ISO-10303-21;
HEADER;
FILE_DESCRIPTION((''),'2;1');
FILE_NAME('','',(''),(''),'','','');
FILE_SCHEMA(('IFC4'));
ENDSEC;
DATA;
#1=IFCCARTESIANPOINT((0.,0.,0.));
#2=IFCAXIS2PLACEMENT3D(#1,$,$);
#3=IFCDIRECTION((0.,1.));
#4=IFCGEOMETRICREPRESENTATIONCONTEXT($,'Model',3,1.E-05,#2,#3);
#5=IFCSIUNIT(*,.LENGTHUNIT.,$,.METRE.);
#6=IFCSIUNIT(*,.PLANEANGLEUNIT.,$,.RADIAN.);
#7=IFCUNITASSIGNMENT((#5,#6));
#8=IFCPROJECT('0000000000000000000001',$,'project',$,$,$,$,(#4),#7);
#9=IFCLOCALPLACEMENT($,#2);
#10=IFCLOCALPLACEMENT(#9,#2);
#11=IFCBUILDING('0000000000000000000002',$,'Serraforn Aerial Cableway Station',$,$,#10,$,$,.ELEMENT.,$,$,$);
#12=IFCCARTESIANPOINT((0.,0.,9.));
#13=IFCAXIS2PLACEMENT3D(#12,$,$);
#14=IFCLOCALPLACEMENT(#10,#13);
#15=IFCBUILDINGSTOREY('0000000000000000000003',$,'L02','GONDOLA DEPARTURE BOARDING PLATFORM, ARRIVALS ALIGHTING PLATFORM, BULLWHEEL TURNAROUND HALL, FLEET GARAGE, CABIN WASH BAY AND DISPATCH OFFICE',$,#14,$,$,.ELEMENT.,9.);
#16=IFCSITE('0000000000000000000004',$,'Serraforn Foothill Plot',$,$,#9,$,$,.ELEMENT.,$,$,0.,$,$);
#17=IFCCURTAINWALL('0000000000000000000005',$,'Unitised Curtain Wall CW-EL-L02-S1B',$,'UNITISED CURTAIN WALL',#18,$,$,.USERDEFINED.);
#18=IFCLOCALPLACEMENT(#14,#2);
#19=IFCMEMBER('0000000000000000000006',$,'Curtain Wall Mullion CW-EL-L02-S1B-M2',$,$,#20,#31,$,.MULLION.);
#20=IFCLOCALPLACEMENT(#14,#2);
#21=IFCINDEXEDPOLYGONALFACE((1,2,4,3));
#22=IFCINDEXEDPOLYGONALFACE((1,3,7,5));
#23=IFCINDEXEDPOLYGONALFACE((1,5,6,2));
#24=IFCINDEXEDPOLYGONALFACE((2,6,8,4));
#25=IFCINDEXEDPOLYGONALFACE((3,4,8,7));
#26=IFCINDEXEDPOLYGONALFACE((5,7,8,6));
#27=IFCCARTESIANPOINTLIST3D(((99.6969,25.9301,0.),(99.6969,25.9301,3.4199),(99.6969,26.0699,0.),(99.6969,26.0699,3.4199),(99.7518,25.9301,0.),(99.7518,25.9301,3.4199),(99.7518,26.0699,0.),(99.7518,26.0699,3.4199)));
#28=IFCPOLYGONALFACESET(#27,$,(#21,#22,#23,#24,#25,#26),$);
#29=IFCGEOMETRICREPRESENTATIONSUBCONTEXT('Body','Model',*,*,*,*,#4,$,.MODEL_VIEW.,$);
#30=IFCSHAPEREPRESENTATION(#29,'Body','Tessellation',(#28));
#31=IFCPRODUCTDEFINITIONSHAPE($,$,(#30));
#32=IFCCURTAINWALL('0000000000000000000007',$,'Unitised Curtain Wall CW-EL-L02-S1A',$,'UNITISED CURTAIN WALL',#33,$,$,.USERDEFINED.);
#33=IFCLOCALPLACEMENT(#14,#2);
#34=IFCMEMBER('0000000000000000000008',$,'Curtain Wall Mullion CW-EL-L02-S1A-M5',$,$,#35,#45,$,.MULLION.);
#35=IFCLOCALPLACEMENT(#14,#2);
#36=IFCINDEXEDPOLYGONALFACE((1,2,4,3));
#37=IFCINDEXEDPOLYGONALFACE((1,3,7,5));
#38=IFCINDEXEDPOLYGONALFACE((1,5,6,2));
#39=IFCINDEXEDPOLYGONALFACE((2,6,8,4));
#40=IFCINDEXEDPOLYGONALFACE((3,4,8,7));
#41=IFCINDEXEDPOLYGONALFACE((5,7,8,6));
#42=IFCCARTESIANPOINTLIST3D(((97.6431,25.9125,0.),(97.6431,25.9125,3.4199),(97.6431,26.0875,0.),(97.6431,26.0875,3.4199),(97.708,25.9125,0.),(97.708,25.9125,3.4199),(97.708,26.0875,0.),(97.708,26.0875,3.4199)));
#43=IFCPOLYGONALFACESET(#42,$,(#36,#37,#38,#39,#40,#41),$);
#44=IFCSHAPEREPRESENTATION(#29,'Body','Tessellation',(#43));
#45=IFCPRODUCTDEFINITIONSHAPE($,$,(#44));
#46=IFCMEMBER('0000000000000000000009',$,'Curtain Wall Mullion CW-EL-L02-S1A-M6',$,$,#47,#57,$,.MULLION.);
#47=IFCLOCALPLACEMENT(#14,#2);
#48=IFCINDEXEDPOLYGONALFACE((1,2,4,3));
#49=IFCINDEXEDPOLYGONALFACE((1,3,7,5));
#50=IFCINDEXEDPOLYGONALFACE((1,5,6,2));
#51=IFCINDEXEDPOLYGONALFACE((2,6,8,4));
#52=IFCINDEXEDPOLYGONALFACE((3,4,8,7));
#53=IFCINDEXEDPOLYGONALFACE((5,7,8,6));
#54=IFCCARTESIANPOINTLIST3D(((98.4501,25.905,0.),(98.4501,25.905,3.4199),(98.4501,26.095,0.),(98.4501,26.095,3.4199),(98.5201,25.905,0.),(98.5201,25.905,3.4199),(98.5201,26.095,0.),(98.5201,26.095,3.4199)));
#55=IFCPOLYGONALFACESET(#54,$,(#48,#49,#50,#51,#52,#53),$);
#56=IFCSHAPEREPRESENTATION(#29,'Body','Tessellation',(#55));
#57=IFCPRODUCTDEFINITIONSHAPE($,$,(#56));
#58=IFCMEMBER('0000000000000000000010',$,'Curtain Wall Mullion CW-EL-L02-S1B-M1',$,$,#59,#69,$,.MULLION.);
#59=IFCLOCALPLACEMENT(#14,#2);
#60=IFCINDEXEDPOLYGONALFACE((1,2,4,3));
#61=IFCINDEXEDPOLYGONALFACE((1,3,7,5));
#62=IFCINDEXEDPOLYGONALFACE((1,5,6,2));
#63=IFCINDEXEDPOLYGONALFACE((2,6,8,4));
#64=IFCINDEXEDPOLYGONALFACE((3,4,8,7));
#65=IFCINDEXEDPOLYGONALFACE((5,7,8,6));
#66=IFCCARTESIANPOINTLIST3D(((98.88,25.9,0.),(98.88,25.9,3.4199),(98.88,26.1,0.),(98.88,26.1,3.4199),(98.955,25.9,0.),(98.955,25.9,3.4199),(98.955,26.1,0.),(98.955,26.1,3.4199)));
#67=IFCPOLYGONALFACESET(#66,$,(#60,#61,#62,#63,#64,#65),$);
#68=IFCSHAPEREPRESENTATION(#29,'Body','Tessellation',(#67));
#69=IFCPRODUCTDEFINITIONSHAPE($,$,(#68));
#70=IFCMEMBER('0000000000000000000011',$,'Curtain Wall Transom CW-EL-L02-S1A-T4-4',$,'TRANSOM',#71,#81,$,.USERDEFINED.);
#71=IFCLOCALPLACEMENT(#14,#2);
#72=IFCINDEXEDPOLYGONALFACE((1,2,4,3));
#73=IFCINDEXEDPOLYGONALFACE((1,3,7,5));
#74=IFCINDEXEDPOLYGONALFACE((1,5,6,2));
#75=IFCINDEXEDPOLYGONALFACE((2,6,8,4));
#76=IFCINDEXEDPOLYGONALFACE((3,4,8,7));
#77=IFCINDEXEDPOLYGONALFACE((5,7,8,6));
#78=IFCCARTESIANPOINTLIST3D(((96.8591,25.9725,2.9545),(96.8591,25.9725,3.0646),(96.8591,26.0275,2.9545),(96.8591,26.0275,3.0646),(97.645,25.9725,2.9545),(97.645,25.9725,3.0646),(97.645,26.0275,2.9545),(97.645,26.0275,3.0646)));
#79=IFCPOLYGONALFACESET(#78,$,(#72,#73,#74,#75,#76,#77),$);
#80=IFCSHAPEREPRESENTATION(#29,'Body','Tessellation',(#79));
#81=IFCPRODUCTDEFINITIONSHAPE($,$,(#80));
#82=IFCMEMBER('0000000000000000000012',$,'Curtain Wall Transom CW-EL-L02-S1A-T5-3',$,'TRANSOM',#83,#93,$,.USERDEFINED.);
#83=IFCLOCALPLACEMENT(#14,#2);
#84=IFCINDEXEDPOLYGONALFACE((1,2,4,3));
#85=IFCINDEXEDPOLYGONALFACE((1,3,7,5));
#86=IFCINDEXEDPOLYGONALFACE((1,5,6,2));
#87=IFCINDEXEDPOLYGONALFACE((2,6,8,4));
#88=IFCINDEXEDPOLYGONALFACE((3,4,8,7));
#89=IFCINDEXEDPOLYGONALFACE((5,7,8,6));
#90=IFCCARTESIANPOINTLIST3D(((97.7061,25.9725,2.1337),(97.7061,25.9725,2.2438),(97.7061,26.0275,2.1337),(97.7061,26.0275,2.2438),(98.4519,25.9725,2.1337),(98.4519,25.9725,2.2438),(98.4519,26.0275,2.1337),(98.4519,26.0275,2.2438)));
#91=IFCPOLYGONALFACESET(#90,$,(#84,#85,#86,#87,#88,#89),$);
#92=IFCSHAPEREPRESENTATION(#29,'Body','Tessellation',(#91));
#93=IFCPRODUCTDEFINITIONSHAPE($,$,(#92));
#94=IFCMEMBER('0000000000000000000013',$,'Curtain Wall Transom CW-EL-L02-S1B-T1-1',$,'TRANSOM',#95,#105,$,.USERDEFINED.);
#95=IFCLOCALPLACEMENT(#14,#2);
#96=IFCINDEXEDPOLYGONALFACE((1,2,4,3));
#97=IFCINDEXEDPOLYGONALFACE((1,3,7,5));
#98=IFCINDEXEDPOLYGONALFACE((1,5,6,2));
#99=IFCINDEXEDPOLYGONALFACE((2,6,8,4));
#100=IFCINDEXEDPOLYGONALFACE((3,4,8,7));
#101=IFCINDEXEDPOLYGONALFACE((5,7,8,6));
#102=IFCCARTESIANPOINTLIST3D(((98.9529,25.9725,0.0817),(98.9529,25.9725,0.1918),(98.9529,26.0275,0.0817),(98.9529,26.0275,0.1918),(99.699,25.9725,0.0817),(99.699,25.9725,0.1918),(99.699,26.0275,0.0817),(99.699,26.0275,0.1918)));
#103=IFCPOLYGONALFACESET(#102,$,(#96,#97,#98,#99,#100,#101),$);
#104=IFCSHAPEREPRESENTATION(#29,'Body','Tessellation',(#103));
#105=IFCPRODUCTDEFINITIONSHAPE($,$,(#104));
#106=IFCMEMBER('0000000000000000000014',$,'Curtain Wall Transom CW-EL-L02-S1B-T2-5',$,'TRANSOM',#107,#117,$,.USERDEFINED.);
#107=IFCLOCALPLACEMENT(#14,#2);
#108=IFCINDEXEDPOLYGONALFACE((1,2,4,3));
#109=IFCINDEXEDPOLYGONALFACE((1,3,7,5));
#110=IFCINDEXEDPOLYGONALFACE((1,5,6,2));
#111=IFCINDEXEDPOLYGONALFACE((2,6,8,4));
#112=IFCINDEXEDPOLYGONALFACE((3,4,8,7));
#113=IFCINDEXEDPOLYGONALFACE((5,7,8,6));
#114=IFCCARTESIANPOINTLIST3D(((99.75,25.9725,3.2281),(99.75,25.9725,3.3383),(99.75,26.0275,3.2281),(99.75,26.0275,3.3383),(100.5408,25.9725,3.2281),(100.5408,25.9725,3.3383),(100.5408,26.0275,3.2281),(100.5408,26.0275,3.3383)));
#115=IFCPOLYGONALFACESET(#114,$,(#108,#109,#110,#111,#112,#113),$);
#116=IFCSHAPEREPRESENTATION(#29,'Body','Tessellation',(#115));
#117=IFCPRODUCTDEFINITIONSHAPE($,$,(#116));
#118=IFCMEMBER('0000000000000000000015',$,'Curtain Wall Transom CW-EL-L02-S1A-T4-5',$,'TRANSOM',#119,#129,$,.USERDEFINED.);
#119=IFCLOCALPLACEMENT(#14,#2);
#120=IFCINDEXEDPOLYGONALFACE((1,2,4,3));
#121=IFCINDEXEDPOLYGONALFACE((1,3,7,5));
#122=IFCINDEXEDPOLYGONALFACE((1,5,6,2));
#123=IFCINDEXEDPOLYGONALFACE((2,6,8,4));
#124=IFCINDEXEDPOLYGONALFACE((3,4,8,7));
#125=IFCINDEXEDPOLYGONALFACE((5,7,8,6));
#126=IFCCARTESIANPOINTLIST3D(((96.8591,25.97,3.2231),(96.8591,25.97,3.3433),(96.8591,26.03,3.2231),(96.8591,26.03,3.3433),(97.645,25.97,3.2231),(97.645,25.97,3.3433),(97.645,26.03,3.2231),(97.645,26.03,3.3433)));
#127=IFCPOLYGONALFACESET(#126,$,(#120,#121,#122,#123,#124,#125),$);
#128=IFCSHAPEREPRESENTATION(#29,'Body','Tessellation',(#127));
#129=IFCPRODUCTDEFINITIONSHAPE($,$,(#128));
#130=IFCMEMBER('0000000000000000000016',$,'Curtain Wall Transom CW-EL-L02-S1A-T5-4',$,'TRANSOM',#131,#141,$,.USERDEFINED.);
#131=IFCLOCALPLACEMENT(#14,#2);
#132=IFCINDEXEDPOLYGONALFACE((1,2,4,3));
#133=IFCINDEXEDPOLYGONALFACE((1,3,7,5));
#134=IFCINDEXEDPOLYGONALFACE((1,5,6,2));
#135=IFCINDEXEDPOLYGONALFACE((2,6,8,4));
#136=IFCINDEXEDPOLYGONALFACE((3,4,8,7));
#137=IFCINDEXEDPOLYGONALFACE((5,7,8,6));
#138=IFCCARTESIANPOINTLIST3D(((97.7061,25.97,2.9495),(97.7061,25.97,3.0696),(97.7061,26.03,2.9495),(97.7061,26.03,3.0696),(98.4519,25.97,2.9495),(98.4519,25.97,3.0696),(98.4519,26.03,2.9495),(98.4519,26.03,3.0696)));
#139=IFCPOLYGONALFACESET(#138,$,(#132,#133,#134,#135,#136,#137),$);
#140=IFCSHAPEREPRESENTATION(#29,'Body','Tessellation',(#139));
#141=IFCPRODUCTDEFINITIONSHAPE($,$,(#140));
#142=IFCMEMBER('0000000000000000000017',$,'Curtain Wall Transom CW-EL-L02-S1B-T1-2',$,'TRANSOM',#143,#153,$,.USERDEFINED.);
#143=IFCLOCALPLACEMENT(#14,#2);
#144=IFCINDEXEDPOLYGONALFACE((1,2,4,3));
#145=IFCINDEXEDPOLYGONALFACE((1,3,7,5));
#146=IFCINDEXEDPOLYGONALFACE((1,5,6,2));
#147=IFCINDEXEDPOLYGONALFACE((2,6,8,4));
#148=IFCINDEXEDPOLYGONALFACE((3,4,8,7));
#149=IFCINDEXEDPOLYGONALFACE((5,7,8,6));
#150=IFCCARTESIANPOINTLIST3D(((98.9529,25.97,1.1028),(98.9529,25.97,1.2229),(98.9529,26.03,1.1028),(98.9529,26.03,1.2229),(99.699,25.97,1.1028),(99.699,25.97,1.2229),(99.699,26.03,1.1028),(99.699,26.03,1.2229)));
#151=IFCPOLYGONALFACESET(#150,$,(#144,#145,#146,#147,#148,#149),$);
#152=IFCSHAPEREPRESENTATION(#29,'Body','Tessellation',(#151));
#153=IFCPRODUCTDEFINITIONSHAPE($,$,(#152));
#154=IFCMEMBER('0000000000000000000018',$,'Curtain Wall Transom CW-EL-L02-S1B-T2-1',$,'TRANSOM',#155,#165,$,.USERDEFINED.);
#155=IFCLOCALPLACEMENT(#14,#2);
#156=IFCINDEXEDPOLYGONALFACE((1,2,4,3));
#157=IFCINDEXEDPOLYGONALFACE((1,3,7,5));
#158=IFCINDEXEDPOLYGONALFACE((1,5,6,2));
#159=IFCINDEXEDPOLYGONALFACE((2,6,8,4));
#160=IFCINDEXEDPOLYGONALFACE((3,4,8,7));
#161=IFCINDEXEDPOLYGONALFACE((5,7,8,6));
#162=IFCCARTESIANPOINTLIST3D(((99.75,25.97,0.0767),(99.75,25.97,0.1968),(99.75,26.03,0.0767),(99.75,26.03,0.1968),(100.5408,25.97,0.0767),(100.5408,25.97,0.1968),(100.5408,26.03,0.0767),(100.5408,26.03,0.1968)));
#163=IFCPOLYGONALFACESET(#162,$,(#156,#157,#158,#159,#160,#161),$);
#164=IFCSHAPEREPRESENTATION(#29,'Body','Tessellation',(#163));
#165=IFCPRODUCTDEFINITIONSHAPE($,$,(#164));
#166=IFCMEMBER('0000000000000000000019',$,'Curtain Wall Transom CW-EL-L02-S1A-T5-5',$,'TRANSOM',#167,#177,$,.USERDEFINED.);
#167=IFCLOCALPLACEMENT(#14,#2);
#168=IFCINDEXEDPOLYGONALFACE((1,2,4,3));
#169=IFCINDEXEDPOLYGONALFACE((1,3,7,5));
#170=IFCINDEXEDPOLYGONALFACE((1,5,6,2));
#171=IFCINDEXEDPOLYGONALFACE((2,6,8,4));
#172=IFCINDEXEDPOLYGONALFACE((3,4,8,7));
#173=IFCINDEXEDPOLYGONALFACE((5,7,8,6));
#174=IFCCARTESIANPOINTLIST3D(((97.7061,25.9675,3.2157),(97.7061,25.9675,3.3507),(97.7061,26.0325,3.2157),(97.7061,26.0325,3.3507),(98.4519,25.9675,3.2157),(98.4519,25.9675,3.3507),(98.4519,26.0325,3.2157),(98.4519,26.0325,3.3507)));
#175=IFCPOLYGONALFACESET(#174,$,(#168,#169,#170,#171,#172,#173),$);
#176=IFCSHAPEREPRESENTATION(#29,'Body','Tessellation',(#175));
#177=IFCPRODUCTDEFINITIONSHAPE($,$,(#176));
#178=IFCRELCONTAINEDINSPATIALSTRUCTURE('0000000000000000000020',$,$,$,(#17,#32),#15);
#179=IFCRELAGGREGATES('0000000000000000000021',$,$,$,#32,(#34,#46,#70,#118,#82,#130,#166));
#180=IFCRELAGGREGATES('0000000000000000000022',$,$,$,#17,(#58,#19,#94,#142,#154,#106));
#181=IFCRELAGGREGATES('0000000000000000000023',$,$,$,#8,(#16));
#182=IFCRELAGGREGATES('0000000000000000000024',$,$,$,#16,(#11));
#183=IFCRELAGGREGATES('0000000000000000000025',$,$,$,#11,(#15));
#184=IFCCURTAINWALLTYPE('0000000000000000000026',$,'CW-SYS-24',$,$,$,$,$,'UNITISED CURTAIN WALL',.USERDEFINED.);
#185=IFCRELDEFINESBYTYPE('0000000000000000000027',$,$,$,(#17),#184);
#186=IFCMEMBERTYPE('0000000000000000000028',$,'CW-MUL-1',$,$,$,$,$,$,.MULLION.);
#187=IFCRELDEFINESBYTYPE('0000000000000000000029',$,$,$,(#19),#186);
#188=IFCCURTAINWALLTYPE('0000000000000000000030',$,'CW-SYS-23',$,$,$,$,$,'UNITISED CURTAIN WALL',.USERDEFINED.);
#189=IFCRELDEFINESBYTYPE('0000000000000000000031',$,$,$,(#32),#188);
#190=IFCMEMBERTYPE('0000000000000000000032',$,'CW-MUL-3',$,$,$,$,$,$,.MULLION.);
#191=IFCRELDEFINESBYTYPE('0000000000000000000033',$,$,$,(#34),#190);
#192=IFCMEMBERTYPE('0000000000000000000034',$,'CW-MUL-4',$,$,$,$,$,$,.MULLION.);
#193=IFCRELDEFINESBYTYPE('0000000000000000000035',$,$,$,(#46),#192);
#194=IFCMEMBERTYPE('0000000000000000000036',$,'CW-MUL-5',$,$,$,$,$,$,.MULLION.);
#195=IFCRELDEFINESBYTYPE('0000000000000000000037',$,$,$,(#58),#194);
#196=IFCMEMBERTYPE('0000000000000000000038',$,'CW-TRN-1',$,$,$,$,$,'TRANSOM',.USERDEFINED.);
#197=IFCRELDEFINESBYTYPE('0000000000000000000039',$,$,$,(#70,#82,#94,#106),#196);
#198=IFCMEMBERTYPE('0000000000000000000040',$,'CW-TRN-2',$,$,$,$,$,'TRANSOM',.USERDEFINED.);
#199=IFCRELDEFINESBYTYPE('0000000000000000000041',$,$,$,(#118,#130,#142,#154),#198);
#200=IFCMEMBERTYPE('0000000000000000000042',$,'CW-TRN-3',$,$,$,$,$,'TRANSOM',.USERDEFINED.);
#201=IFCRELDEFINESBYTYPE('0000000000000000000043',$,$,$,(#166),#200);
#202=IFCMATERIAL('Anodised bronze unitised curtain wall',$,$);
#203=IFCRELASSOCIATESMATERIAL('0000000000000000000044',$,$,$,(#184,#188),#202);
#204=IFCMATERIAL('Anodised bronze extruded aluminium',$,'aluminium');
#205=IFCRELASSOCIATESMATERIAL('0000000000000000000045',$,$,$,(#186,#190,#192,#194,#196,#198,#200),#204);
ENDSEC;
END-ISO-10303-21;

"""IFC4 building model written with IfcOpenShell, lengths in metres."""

from ifc_helpers import new_model, si_unit, direction, frame, origin, origin_2d, place, context, subcontext, project, spatial, rectangle, extrude, material, material_profile, profile_set, type_object, element, aggregate, save


model = new_model("IFC4")

# Units and contexts
model_context = context("Model", 3, precision=1e-05, world=origin(), true_north=direction((0.0, 1.0)))
body_context = subcontext(model_context, "Body", "Model", "MODEL_VIEW")
ifc_project = project(units=[si_unit("LENGTHUNIT", "METRE"), si_unit("PLANEANGLEUNIT", "RADIAN")], contexts=[model_context])

# Site, building, storey
site_placement = place(None, origin())
site = spatial("IfcSite", under=ifc_project, at=site_placement, Name="Serraforn Foothill Plot", CompositionType="ELEMENT", RefElevation=0.0)
building_placement = place(site_placement, origin())
building = spatial("IfcBuilding", under=site, at=building_placement, Name="Serraforn Aerial Cableway Station", CompositionType="ELEMENT")
storey_placement = place(building_placement, frame((0.0, 0.0, 9.0)))
storey = spatial("IfcBuildingStorey", under=building, at=storey_placement, Name="L02", Description="GONDOLA DEPARTURE BOARDING PLATFORM, ARRIVALS ALIGHTING PLATFORM, BULLWHEEL TURNAROUND HALL, FLEET GARAGE, CABIN WASH BAY AND DISPATCH OFFICE", CompositionType="ELEMENT", Elevation=9.0)

# Curtain wall, member
ifc_material_1 = material(Name="Anodised bronze unitised curtain wall")
curtain_wall_type_1 = type_object("IfcCurtainWallType", Name="CW-SYS-24", ElementType="UNITISED CURTAIN WALL", PredefinedType="USERDEFINED", material=ifc_material_1)
curtain_wall_1_placement = place(storey_placement, origin())
curtain_wall_1 = element("IfcCurtainWall", 1, at=curtain_wall_1_placement, inside=storey, type_object=curtain_wall_type_1, Name="Unitised Curtain Wall CW-EL-L02-S1B", ObjectType="UNITISED CURTAIN WALL", PredefinedType="USERDEFINED")
ifc_material_2 = material(Name="Anodised bronze extruded aluminium", Category="aluminium")
ifc_material_profile_1 = material_profile(ifc_material_2, rectangle(XDim=0.0549, YDim=0.1399, at=origin_2d()), Name="CW MULLION 55x140")
ifc_profile_set_1 = profile_set([ifc_material_profile_1], Name="Anodised bronze extruded aluminium")
member_type_1 = type_object("IfcMemberType", Name="CW-MUL-1", PredefinedType="MULLION", material=ifc_profile_set_1)
member_1_placement = place(storey_placement, frame((99.7244, 26.0, 0.0), z_axis=(0.0, 0.0, 1.0), x_axis=(1.0, 0.0, 0.0)))
member_1 = element("IfcMember", 2, at=member_1_placement, type_object=member_type_1, Name="Curtain Wall Mullion CW-EL-L02-S1B-M2", PredefinedType="MULLION", context=body_context, shape_type="SweptSolid", body=[
    extrude(rectangle(XDim=0.0549, YDim=0.1399, at=origin_2d()), origin(), (0.0, 0.0, 1.0), 3.4199),
])

# Curtain wall, members
curtain_wall_type_2 = type_object("IfcCurtainWallType", Name="CW-SYS-23", ElementType="UNITISED CURTAIN WALL", PredefinedType="USERDEFINED", material=ifc_material_1)
curtain_wall_2_placement = place(storey_placement, origin())
curtain_wall_2 = element("IfcCurtainWall", 3, at=curtain_wall_2_placement, inside=storey, type_object=curtain_wall_type_2, Name="Unitised Curtain Wall CW-EL-L02-S1A", ObjectType="UNITISED CURTAIN WALL", PredefinedType="USERDEFINED")
ifc_material_profile_2 = material_profile(ifc_material_2, rectangle(XDim=0.0649, YDim=0.175, at=origin_2d()), Name="CW MULLION 65x175")
ifc_profile_set_2 = profile_set([ifc_material_profile_2], Name="Anodised bronze extruded aluminium")
member_type_2 = type_object("IfcMemberType", Name="CW-MUL-3", PredefinedType="MULLION", material=ifc_profile_set_2)
member_2_placement = place(storey_placement, frame((97.6755, 26.0, 0.0), z_axis=(0.0, 0.0, 1.0), x_axis=(1.0, 0.0, 0.0)))
member_2 = element("IfcMember", 4, at=member_2_placement, type_object=member_type_2, Name="Curtain Wall Mullion CW-EL-L02-S1A-M5", PredefinedType="MULLION", context=body_context, shape_type="SweptSolid", body=[
    extrude(rectangle(XDim=0.0649, YDim=0.175, at=origin_2d()), origin(), (0.0, 0.0, 1.0), 3.4199),
])
ifc_material_profile_3 = material_profile(ifc_material_2, rectangle(XDim=0.0701, YDim=0.1899, at=origin_2d()), Name="CW MULLION 70x190")
ifc_profile_set_3 = profile_set([ifc_material_profile_3], Name="Anodised bronze extruded aluminium")
member_type_3 = type_object("IfcMemberType", Name="CW-MUL-4", PredefinedType="MULLION", material=ifc_profile_set_3)
member_3_placement = place(storey_placement, frame((98.4851, 26.0, 0.0), z_axis=(0.0, 0.0, 1.0), x_axis=(1.0, 0.0, 0.0)))
member_3 = element("IfcMember", 5, at=member_3_placement, type_object=member_type_3, Name="Curtain Wall Mullion CW-EL-L02-S1A-M6", PredefinedType="MULLION", context=body_context, shape_type="SweptSolid", body=[
    extrude(rectangle(XDim=0.0701, YDim=0.1899, at=origin_2d()), origin(), (0.0, 0.0, 1.0), 3.4199),
])

# Members
ifc_material_profile_4 = material_profile(ifc_material_2, rectangle(XDim=0.075, YDim=0.2, at=origin_2d()), Name="CW MULLION 75x200")
ifc_profile_set_4 = profile_set([ifc_material_profile_4], Name="Anodised bronze extruded aluminium")
member_type_4 = type_object("IfcMemberType", Name="CW-MUL-5", PredefinedType="MULLION", material=ifc_profile_set_4)
member_4_placement = place(storey_placement, frame((98.9175, 26.0, 0.0), z_axis=(0.0, 0.0, 1.0), x_axis=(1.0, 0.0, 0.0)))
member_4 = element("IfcMember", 6, at=member_4_placement, type_object=member_type_4, Name="Curtain Wall Mullion CW-EL-L02-S1B-M1", PredefinedType="MULLION", context=body_context, shape_type="SweptSolid", body=[
    extrude(rectangle(XDim=0.075, YDim=0.2, at=origin_2d()), origin(), (0.0, 0.0, 1.0), 3.4199),
])
ifc_material_profile_5 = material_profile(ifc_material_2, rectangle(XDim=0.0549, YDim=0.1101, at=origin_2d()), Name="CW TRANSOM 55x110")
ifc_profile_set_5 = profile_set([ifc_material_profile_5], Name="Anodised bronze extruded aluminium")
member_type_5 = type_object("IfcMemberType", Name="CW-TRN-1", ElementType="TRANSOM", PredefinedType="USERDEFINED", material=ifc_profile_set_5)
member_5_placement = place(storey_placement, frame((96.8591, 26.0, 3.0095), z_axis=(1.0, 0.0, 0.0), x_axis=(0.0, 1.0, 0.0)))
member_5 = element("IfcMember", 7, at=member_5_placement, type_object=member_type_5, Name="Curtain Wall Transom CW-EL-L02-S1A-T4-4", ObjectType="TRANSOM", PredefinedType="USERDEFINED", context=body_context, shape_type="SweptSolid", body=[
    extrude(rectangle(XDim=0.0549, YDim=0.1101, at=origin_2d()), origin(), (0.0, 0.0, 1.0), 0.7859),
])
member_6_placement = place(storey_placement, frame((97.7061, 26.0, 2.1887), z_axis=(1.0, 0.0, 0.0), x_axis=(0.0, 1.0, 0.0)))
member_6 = element("IfcMember", 8, at=member_6_placement, type_object=member_type_5, Name="Curtain Wall Transom CW-EL-L02-S1A-T5-3", ObjectType="TRANSOM", PredefinedType="USERDEFINED", context=body_context, shape_type="SweptSolid", body=[
    extrude(rectangle(XDim=0.0549, YDim=0.1101, at=origin_2d()), origin(), (0.0, 0.0, 1.0), 0.7458),
])
member_7_placement = place(storey_placement, frame((98.9529, 26.0, 0.1367), z_axis=(1.0, 0.0, 0.0), x_axis=(0.0, 1.0, 0.0)))
member_7 = element("IfcMember", 9, at=member_7_placement, type_object=member_type_5, Name="Curtain Wall Transom CW-EL-L02-S1B-T1-1", ObjectType="TRANSOM", PredefinedType="USERDEFINED", context=body_context, shape_type="SweptSolid", body=[
    extrude(rectangle(XDim=0.0549, YDim=0.1101, at=origin_2d()), origin(), (0.0, 0.0, 1.0), 0.7461),
])
member_8_placement = place(storey_placement, frame((99.75, 26.0, 3.2832), z_axis=(1.0, 0.0, 0.0), x_axis=(0.0, 1.0, 0.0)))
member_8 = element("IfcMember", 10, at=member_8_placement, type_object=member_type_5, Name="Curtain Wall Transom CW-EL-L02-S1B-T2-5", ObjectType="TRANSOM", PredefinedType="USERDEFINED", context=body_context, shape_type="SweptSolid", body=[
    extrude(rectangle(XDim=0.0549, YDim=0.1101, at=origin_2d()), origin(), (0.0, 0.0, 1.0), 0.7908),
])
ifc_material_profile_6 = material_profile(ifc_material_2, rectangle(XDim=0.0601, YDim=0.1201, at=origin_2d()), Name="CW TRANSOM 60x120")
ifc_profile_set_6 = profile_set([ifc_material_profile_6], Name="Anodised bronze extruded aluminium")
member_type_6 = type_object("IfcMemberType", Name="CW-TRN-2", ElementType="TRANSOM", PredefinedType="USERDEFINED", material=ifc_profile_set_6)
member_9_placement = place(storey_placement, frame((96.8591, 26.0, 3.2832), z_axis=(1.0, 0.0, 0.0), x_axis=(0.0, 1.0, 0.0)))
member_9 = element("IfcMember", 11, at=member_9_placement, type_object=member_type_6, Name="Curtain Wall Transom CW-EL-L02-S1A-T4-5", ObjectType="TRANSOM", PredefinedType="USERDEFINED", context=body_context, shape_type="SweptSolid", body=[
    extrude(rectangle(XDim=0.0601, YDim=0.1201, at=origin_2d()), origin(), (0.0, 0.0, 1.0), 0.7859),
])
member_10_placement = place(storey_placement, frame((97.7061, 26.0, 3.0095), z_axis=(1.0, 0.0, 0.0), x_axis=(0.0, 1.0, 0.0)))
member_10 = element("IfcMember", 12, at=member_10_placement, type_object=member_type_6, Name="Curtain Wall Transom CW-EL-L02-S1A-T5-4", ObjectType="TRANSOM", PredefinedType="USERDEFINED", context=body_context, shape_type="SweptSolid", body=[
    extrude(rectangle(XDim=0.0601, YDim=0.1201, at=origin_2d()), origin(), (0.0, 0.0, 1.0), 0.7458),
])
member_11_placement = place(storey_placement, frame((98.9529, 26.0, 1.1628), z_axis=(1.0, 0.0, 0.0), x_axis=(0.0, 1.0, 0.0)))
member_11 = element("IfcMember", 13, at=member_11_placement, type_object=member_type_6, Name="Curtain Wall Transom CW-EL-L02-S1B-T1-2", ObjectType="TRANSOM", PredefinedType="USERDEFINED", context=body_context, shape_type="SweptSolid", body=[
    extrude(rectangle(XDim=0.0601, YDim=0.1201, at=origin_2d()), origin(), (0.0, 0.0, 1.0), 0.7461),
])
member_12_placement = place(storey_placement, frame((99.75, 26.0, 0.1367), z_axis=(1.0, 0.0, 0.0), x_axis=(0.0, 1.0, 0.0)))
member_12 = element("IfcMember", 14, at=member_12_placement, type_object=member_type_6, Name="Curtain Wall Transom CW-EL-L02-S1B-T2-1", ObjectType="TRANSOM", PredefinedType="USERDEFINED", context=body_context, shape_type="SweptSolid", body=[
    extrude(rectangle(XDim=0.0601, YDim=0.1201, at=origin_2d()), origin(), (0.0, 0.0, 1.0), 0.7908),
])
ifc_material_profile_7 = material_profile(ifc_material_2, rectangle(XDim=0.0649, YDim=0.135, at=origin_2d()), Name="CW TRANSOM 65x135")
ifc_profile_set_7 = profile_set([ifc_material_profile_7], Name="Anodised bronze extruded aluminium")
member_type_7 = type_object("IfcMemberType", Name="CW-TRN-3", ElementType="TRANSOM", PredefinedType="USERDEFINED", material=ifc_profile_set_7)
member_13_placement = place(storey_placement, frame((97.7061, 26.0, 3.2832), z_axis=(1.0, 0.0, 0.0), x_axis=(0.0, 1.0, 0.0)))
member_13 = element("IfcMember", 15, at=member_13_placement, type_object=member_type_7, Name="Curtain Wall Transom CW-EL-L02-S1A-T5-5", ObjectType="TRANSOM", PredefinedType="USERDEFINED", context=body_context, shape_type="SweptSolid", body=[
    extrude(rectangle(XDim=0.0649, YDim=0.135, at=origin_2d()), origin(), (0.0, 0.0, 1.0), 0.7458),
])

aggregate(curtain_wall_2, [member_2, member_3, member_5, member_9, member_6, member_10, member_13])
aggregate(curtain_wall_1, [member_4, member_1, member_7, member_11, member_12, member_8])

save(model, "model.ifc")
